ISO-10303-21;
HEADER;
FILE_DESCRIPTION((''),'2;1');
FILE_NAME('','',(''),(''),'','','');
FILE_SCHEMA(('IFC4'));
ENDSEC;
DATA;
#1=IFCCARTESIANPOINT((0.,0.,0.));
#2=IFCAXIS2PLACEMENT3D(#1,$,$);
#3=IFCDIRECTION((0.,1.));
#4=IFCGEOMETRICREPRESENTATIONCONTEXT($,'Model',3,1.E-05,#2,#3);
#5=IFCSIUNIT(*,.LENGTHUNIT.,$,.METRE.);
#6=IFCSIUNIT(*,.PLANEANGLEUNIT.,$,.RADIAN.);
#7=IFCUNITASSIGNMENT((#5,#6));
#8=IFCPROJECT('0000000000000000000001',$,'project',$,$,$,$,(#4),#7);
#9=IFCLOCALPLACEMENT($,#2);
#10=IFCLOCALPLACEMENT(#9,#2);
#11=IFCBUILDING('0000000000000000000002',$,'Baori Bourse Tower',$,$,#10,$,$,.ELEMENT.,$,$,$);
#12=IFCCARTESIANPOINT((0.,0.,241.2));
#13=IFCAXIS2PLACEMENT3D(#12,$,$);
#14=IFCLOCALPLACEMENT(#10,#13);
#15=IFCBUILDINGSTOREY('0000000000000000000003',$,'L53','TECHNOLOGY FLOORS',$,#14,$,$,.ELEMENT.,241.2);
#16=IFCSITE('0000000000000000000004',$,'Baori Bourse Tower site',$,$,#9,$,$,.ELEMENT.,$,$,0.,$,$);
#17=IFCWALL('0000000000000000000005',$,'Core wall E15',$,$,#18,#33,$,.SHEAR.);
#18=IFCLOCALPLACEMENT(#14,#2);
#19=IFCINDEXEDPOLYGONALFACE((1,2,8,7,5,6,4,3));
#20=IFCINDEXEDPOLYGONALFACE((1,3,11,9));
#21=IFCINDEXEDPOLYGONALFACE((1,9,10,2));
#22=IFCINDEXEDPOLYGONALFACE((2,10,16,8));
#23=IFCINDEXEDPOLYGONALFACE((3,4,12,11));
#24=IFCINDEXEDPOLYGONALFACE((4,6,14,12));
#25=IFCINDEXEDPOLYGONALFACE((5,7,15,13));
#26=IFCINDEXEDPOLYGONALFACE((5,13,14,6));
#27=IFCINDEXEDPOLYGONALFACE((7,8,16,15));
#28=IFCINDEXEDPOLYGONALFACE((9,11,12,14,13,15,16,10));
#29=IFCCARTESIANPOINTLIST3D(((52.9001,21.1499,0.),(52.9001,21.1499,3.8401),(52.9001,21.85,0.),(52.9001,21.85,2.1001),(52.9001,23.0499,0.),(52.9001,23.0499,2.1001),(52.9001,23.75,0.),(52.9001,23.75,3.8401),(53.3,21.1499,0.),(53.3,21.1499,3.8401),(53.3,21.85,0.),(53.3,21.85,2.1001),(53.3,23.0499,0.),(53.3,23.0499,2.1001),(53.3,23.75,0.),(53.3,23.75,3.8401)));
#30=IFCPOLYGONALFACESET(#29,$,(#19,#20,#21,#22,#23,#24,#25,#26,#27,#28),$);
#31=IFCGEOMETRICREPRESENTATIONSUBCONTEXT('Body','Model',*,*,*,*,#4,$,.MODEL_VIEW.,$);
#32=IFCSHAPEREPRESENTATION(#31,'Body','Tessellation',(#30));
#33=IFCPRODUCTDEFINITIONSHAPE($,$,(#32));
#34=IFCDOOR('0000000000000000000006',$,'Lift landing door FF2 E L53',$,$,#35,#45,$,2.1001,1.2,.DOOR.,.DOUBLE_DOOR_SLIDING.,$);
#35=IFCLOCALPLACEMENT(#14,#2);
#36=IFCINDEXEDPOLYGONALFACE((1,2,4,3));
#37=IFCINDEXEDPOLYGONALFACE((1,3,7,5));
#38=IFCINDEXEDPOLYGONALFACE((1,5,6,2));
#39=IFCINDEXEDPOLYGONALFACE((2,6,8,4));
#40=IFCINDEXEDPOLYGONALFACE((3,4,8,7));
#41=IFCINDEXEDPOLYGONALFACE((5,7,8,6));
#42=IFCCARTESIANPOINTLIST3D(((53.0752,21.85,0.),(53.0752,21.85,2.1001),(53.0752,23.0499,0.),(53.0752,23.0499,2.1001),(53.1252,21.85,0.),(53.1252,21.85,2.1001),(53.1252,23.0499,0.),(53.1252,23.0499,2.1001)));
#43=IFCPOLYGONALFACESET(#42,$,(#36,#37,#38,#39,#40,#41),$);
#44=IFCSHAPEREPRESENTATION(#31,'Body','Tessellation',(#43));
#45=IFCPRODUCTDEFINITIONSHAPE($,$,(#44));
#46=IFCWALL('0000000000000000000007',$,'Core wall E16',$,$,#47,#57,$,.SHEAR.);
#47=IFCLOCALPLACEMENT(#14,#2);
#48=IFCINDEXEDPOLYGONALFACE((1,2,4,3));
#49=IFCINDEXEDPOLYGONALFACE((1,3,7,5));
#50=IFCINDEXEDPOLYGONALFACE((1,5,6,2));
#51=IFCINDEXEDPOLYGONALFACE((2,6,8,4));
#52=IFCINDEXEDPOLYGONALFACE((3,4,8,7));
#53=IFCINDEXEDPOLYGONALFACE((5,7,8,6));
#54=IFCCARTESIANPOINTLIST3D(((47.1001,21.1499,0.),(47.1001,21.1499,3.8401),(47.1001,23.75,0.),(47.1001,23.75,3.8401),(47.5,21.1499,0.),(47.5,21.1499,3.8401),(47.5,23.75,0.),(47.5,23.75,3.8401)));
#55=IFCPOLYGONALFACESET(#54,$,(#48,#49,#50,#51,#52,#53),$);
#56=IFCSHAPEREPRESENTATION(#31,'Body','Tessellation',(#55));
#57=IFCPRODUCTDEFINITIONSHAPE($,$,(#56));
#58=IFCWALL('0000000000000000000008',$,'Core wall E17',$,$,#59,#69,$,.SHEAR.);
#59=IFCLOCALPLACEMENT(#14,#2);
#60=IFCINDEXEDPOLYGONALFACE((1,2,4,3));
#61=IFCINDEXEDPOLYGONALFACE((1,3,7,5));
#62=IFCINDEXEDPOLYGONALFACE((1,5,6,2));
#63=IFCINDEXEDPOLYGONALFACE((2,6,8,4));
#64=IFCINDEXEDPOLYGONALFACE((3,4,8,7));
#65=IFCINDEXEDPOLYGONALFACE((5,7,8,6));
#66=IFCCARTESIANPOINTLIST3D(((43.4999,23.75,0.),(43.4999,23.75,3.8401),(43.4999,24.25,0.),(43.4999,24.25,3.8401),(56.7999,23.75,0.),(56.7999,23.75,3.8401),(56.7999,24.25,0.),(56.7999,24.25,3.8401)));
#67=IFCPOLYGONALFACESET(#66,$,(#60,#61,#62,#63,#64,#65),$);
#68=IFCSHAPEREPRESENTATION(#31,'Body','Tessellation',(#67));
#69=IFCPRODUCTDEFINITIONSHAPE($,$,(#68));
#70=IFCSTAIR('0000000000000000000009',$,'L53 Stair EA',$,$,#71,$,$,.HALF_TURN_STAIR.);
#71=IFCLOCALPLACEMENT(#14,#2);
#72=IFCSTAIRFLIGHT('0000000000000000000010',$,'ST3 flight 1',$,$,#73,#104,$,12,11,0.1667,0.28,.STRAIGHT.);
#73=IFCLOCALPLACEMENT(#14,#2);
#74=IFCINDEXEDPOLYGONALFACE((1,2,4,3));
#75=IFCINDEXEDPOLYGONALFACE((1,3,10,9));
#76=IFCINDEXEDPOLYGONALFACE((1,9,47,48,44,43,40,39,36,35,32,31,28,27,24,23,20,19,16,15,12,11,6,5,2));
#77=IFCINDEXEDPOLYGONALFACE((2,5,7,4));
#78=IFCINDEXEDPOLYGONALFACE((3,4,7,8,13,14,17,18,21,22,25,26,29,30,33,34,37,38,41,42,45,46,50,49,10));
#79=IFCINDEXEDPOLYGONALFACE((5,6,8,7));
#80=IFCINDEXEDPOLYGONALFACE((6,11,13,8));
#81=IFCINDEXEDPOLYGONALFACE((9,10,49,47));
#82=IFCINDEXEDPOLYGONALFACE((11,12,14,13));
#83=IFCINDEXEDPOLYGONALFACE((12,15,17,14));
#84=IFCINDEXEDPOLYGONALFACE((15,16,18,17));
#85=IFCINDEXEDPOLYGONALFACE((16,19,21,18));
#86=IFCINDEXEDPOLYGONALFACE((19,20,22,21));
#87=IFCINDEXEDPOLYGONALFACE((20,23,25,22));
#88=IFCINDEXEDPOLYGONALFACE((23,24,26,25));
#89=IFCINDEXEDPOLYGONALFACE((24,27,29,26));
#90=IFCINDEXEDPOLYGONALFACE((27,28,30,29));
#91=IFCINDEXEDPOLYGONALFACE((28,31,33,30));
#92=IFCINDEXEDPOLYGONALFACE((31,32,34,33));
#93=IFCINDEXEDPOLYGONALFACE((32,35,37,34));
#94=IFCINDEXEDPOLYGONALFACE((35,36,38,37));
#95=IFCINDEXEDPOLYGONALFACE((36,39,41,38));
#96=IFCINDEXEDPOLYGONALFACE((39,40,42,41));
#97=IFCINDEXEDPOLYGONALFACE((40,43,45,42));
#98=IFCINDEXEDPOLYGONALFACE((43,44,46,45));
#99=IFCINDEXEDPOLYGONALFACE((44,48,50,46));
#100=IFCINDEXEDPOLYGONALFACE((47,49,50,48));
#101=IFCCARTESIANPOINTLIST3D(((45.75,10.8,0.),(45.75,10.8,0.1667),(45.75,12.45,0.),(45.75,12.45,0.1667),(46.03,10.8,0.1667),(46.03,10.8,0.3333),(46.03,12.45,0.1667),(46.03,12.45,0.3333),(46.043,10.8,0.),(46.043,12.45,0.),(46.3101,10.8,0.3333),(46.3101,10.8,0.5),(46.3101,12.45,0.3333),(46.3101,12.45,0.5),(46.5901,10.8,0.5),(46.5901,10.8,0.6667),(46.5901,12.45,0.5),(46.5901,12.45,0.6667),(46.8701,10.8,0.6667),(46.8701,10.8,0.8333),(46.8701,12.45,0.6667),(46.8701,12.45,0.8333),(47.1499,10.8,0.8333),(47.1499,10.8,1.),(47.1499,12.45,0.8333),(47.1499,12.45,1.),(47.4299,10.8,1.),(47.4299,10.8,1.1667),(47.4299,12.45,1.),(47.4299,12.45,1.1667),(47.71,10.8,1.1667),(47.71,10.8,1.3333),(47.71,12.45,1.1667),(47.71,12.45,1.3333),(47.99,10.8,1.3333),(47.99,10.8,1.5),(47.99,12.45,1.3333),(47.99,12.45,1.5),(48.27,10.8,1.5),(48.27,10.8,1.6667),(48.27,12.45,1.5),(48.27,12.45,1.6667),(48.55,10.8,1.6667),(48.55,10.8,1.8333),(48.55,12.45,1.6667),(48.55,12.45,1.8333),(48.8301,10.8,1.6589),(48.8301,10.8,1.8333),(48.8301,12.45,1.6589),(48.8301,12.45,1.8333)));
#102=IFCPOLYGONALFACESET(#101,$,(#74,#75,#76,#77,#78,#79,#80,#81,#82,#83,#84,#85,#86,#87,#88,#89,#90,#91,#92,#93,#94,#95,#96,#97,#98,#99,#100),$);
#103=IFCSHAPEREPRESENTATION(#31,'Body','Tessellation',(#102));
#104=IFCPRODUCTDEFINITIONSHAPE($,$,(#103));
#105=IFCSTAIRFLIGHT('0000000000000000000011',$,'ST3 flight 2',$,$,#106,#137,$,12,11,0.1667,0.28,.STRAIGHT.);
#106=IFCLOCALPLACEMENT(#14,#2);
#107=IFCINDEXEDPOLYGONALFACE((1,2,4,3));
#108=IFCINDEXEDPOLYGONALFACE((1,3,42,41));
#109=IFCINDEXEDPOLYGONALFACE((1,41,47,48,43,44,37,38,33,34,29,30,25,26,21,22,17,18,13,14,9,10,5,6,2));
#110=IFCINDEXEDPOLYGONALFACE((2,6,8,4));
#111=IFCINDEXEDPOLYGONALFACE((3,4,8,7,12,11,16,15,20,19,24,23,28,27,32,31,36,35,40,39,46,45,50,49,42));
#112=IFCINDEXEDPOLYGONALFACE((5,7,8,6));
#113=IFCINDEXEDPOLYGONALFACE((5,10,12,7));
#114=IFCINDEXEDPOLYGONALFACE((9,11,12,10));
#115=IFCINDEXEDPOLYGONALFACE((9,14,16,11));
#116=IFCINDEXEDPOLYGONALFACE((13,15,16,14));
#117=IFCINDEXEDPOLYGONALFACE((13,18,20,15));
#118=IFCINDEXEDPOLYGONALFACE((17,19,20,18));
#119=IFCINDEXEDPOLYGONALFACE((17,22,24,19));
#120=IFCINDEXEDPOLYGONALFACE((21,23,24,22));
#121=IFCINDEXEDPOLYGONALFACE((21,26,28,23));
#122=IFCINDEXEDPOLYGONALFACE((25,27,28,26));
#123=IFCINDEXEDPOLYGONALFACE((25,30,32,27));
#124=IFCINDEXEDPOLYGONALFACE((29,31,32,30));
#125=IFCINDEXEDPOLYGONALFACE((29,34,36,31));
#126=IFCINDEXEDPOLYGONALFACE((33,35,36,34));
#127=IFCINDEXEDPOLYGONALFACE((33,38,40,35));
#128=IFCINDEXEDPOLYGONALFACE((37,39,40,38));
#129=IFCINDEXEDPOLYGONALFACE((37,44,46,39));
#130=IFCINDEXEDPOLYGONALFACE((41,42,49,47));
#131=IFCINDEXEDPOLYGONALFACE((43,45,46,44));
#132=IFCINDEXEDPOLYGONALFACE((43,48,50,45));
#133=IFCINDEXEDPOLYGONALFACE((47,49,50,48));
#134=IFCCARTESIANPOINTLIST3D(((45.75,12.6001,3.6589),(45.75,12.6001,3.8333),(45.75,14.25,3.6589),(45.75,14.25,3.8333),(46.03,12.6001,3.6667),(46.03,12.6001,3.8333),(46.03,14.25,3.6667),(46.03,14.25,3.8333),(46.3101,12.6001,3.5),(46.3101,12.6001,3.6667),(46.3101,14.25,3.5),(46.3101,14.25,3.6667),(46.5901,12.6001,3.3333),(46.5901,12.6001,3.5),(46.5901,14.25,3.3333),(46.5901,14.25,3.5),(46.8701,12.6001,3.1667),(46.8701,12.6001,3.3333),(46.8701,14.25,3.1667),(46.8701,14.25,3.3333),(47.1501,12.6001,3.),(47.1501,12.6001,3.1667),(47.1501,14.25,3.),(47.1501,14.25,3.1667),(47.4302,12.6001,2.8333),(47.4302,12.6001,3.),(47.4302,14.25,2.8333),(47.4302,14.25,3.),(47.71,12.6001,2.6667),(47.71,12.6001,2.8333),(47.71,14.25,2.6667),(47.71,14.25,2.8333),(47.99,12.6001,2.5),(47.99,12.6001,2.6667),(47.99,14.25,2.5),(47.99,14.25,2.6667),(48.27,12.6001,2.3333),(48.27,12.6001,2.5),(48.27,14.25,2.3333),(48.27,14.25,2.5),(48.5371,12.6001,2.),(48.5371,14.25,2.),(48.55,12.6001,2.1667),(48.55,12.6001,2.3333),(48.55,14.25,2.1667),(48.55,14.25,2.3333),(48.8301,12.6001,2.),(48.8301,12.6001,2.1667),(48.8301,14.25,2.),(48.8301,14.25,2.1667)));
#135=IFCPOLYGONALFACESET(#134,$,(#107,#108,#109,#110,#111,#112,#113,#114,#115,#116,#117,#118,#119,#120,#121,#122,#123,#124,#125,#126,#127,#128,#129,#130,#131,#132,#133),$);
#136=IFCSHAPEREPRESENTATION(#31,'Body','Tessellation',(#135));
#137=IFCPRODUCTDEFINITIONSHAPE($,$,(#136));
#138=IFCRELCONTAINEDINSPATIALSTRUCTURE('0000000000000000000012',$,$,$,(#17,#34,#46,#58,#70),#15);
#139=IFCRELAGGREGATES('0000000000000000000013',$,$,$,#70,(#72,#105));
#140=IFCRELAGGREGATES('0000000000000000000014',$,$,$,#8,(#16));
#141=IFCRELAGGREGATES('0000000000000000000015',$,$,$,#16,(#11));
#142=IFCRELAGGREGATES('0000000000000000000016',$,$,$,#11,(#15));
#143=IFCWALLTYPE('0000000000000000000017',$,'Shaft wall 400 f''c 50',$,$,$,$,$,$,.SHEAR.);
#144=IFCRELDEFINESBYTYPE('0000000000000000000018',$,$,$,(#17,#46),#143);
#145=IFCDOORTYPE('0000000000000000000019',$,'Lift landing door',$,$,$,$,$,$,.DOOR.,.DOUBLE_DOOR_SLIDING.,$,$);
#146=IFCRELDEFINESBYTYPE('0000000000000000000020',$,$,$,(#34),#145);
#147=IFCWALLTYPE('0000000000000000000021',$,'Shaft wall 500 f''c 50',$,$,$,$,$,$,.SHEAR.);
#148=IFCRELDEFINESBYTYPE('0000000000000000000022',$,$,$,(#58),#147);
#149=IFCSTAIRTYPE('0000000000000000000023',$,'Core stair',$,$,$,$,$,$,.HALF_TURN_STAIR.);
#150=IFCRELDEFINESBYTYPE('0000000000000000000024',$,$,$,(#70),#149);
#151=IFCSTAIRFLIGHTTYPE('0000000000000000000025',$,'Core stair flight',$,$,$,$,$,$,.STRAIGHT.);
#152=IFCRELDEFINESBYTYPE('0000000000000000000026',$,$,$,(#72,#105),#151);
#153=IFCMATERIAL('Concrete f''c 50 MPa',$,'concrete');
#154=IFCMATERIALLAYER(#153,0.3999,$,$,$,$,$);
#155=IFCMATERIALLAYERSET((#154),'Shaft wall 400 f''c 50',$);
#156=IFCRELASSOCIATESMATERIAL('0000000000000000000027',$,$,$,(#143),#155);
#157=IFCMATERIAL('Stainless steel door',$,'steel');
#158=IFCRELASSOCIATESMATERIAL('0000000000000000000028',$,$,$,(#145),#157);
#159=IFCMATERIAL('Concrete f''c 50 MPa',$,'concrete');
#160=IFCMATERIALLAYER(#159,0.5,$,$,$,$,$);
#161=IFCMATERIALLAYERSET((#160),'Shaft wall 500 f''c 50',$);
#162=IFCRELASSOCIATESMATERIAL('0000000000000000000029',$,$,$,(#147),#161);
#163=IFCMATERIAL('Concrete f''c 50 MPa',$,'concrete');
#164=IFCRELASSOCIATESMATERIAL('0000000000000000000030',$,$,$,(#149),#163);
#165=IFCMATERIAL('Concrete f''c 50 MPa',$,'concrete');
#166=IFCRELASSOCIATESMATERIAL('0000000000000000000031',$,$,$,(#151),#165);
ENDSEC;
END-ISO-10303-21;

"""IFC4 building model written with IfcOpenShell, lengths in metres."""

from ifc_helpers import new_model, si_unit, direction, frame, frame_2d, origin, place, context, subcontext, project, spatial, polyline, rectangle, outline, extrude, material, layer, layer_set, type_object, element, fill, aggregate, save


model = new_model("IFC4")

# Units and contexts
model_context = context("Model", 3, precision=1e-05, world=origin(), true_north=direction((0.0, 1.0)))
body_context = subcontext(model_context, "Body", "Model", "MODEL_VIEW")
ifc_project = project(units=[si_unit("LENGTHUNIT", "METRE"), si_unit("PLANEANGLEUNIT", "RADIAN")], contexts=[model_context])

# Site, building, storey
site_placement = place(None, origin())
site = spatial("IfcSite", under=ifc_project, at=site_placement, Name="Baori Bourse Tower site", CompositionType="ELEMENT", RefElevation=0.0)
building_placement = place(site_placement, origin())
building = spatial("IfcBuilding", under=site, at=building_placement, Name="Baori Bourse Tower", CompositionType="ELEMENT")
storey_placement = place(building_placement, frame((0.0, 0.0, 241.2)))
storey = spatial("IfcBuildingStorey", under=building, at=storey_placement, Name="L53", Description="TECHNOLOGY FLOORS", CompositionType="ELEMENT", Elevation=241.2)

# Shared definitions
ifc_material_1 = material(Name="Concrete f'c 50 MPa", Category="concrete")
ifc_layer_1 = layer(ifc_material_1, 0.3999)
ifc_layer_set_1 = layer_set([ifc_layer_1], Name="Shaft wall 400 f'c 50")
wall_type_1 = type_object("IfcWallType", Name="Shaft wall 400 f'c 50", PredefinedType="SHEAR", material=ifc_layer_set_1)

# Wall, opening, door
wall_1_placement = place(storey_placement, frame((53.1001, 21.1499, 0.0), z_axis=(0.0, 0.0, 1.0), x_axis=(0.0, 1.0, 0.0)))
wall_1 = element("IfcWall", 1, at=wall_1_placement, inside=storey, type_object=wall_type_1, Name="Core wall E15", PredefinedType="SHEAR", context=body_context, shape_type="SweptSolid", body=[
    extrude(rectangle(XDim=2.6001, YDim=0.3999, at=frame_2d((1.3, 0.0))), origin(), (0.0, 0.0, 1.0), 3.8401),
])
opening_1_placement = place(wall_1_placement, frame((0.7, 0.0, 0.0)))
opening_1 = element("IfcOpeningElement", 2, at=opening_1_placement, cuts=wall_1, PredefinedType="OPENING", context=body_context, shape_type="SweptSolid", body=[
    extrude(rectangle(XDim=1.2, YDim=2.1001, at=frame_2d((0.6001, 1.05))), frame((0.0, 0.21, 0.0), z_axis=(0.0, -1.0, 0.0), x_axis=(1.0, 0.0, 0.0)), (0.0, 0.0, 1.0), 0.4199),
])
ifc_material_2 = material(Name="Stainless steel door", Category="steel")
door_type_1 = type_object("IfcDoorType", Name="Lift landing door", OperationType="DOUBLE_DOOR_SLIDING", PredefinedType="DOOR", material=ifc_material_2)
door_1_placement = place(opening_1_placement, origin())
door_1 = element("IfcDoor", 3, at=door_1_placement, inside=storey, type_object=door_type_1, Name="Lift landing door FF2 E L53", OperationType="DOUBLE_DOOR_SLIDING", OverallHeight=2.1001, OverallWidth=1.2, PredefinedType="DOOR", context=body_context, shape_type="SweptSolid", body=[
    extrude(rectangle(XDim=1.2, YDim=2.1001, at=frame_2d((0.6001, 1.05))), frame((0.0, 0.0249, 0.0), z_axis=(0.0, -1.0, 0.0), x_axis=(1.0, 0.0, 0.0)), (0.0, 0.0, 1.0), 0.05),
])
fill(opening_1, door_1)

# Walls
wall_2_placement = place(storey_placement, frame((47.3, 21.1499, 0.0), z_axis=(0.0, 0.0, 1.0), x_axis=(0.0, 1.0, 0.0)))
element("IfcWall", 4, at=wall_2_placement, inside=storey, type_object=wall_type_1, Name="Core wall E16", PredefinedType="SHEAR", context=body_context, shape_type="SweptSolid", body=[
    extrude(rectangle(XDim=2.6001, YDim=0.3999, at=frame_2d((1.3, 0.0))), origin(), (0.0, 0.0, 1.0), 3.8401),
])
ifc_material_3 = material(Name="Concrete f'c 50 MPa", Category="concrete")
ifc_layer_2 = layer(ifc_material_3, 0.5)
ifc_layer_set_2 = layer_set([ifc_layer_2], Name="Shaft wall 500 f'c 50")
wall_type_2 = type_object("IfcWallType", Name="Shaft wall 500 f'c 50", PredefinedType="SHEAR", material=ifc_layer_set_2)
wall_3_placement = place(storey_placement, frame((43.5, 24.0, 0.0), z_axis=(0.0, 0.0, 1.0), x_axis=(1.0, 0.0, 0.0)))
element("IfcWall", 5, at=wall_3_placement, inside=storey, type_object=wall_type_2, Name="Core wall E17", PredefinedType="SHEAR", context=body_context, shape_type="SweptSolid", body=[
    extrude(rectangle(XDim=13.3, YDim=0.5, at=frame_2d((6.6499, 0.0))), origin(), (0.0, 0.0, 1.0), 3.8401),
])

# Stair, stair flights
ifc_material_4 = material(Name="Concrete f'c 50 MPa", Category="concrete")
stair_type = type_object("IfcStairType", Name="Core stair", PredefinedType="HALF_TURN_STAIR", material=ifc_material_4)
stair_placement = place(storey_placement, origin())
stair = element("IfcStair", 6, at=stair_placement, inside=storey, type_object=stair_type, Name="L53 Stair EA", PredefinedType="HALF_TURN_STAIR")
ifc_material_5 = material(Name="Concrete f'c 50 MPa", Category="concrete")
stair_flight_type = type_object("IfcStairFlightType", Name="Core stair flight", PredefinedType="STRAIGHT", material=ifc_material_5)
stair_flight_1_placement = place(storey_placement, frame((45.75, 11.625, 0.0), z_axis=(0.0, 0.0, 1.0), x_axis=(1.0, 0.0, 0.0)))
stair_flight_1 = element("IfcStairFlight", 7, at=stair_flight_1_placement, type_object=stair_flight_type, Name="ST3 flight 1", NumberOfRisers=12, NumberOfTreads=11, PredefinedType="STRAIGHT", RiserHeight=0.1667, TreadLength=0.28, context=body_context, shape_type="SweptSolid", body=[
    extrude(outline(polyline([(0.0, 0.0), (0.0, 0.1667), (0.28, 0.1667), (0.28, 0.3333), (0.5601, 0.3333), (0.5601, 0.5), (0.8401, 0.5), (0.8401, 0.6667), (1.1201, 0.6667), (1.1201, 0.8333), (1.3999, 0.8333), (1.3999, 1.0), (1.6799, 1.0), (1.6799, 1.1667), (1.96, 1.1667), (1.96, 1.3333), (2.24, 1.3333), (2.24, 1.5), (2.52, 1.5), (2.52, 1.6667), (2.8, 1.6667), (2.8, 1.8333), (3.0801, 1.8333), (3.0801, 2.0), (3.0801, 1.6589), (0.293, 0.0), (0.0, 0.0)])), frame((0.0, 0.825, 0.0), z_axis=(0.0, -1.0, 0.0), x_axis=(1.0, 0.0, 0.0)), (0.0, 0.0, 1.0), 1.6499),
])
stair_flight_2_placement = place(storey_placement, frame((48.8301, 13.425, 2.0), z_axis=(0.0, 0.0, 1.0), x_axis=(-1.0, 0.0, 0.0)))
stair_flight_2 = element("IfcStairFlight", 8, at=stair_flight_2_placement, type_object=stair_flight_type, Name="ST3 flight 2", NumberOfRisers=12, NumberOfTreads=11, PredefinedType="STRAIGHT", RiserHeight=0.1667, TreadLength=0.28, context=body_context, shape_type="SweptSolid", body=[
    extrude(outline(polyline([(0.0, 0.0), (0.0, 0.1667), (0.28, 0.1667), (0.28, 0.3333), (0.5601, 0.3333), (0.5601, 0.5), (0.8401, 0.5), (0.8401, 0.6667), (1.1201, 0.6667), (1.1201, 0.8333), (1.3999, 0.8333), (1.3999, 1.0), (1.6799, 1.0), (1.6799, 1.1667), (1.96, 1.1667), (1.96, 1.3333), (2.24, 1.3333), (2.24, 1.5), (2.52, 1.5), (2.52, 1.6667), (2.8, 1.6667), (2.8, 1.8333), (3.0801, 1.8333), (3.0801, 2.0), (3.0801, 1.6589), (0.293, 0.0), (0.0, 0.0)])), frame((0.0, 0.825, 0.0), z_axis=(0.0, -1.0, 0.0), x_axis=(1.0, 0.0, 0.0)), (0.0, 0.0, 1.0), 1.6499),
])
aggregate(stair, [stair_flight_1, stair_flight_2])

save(model, "model.ifc")
